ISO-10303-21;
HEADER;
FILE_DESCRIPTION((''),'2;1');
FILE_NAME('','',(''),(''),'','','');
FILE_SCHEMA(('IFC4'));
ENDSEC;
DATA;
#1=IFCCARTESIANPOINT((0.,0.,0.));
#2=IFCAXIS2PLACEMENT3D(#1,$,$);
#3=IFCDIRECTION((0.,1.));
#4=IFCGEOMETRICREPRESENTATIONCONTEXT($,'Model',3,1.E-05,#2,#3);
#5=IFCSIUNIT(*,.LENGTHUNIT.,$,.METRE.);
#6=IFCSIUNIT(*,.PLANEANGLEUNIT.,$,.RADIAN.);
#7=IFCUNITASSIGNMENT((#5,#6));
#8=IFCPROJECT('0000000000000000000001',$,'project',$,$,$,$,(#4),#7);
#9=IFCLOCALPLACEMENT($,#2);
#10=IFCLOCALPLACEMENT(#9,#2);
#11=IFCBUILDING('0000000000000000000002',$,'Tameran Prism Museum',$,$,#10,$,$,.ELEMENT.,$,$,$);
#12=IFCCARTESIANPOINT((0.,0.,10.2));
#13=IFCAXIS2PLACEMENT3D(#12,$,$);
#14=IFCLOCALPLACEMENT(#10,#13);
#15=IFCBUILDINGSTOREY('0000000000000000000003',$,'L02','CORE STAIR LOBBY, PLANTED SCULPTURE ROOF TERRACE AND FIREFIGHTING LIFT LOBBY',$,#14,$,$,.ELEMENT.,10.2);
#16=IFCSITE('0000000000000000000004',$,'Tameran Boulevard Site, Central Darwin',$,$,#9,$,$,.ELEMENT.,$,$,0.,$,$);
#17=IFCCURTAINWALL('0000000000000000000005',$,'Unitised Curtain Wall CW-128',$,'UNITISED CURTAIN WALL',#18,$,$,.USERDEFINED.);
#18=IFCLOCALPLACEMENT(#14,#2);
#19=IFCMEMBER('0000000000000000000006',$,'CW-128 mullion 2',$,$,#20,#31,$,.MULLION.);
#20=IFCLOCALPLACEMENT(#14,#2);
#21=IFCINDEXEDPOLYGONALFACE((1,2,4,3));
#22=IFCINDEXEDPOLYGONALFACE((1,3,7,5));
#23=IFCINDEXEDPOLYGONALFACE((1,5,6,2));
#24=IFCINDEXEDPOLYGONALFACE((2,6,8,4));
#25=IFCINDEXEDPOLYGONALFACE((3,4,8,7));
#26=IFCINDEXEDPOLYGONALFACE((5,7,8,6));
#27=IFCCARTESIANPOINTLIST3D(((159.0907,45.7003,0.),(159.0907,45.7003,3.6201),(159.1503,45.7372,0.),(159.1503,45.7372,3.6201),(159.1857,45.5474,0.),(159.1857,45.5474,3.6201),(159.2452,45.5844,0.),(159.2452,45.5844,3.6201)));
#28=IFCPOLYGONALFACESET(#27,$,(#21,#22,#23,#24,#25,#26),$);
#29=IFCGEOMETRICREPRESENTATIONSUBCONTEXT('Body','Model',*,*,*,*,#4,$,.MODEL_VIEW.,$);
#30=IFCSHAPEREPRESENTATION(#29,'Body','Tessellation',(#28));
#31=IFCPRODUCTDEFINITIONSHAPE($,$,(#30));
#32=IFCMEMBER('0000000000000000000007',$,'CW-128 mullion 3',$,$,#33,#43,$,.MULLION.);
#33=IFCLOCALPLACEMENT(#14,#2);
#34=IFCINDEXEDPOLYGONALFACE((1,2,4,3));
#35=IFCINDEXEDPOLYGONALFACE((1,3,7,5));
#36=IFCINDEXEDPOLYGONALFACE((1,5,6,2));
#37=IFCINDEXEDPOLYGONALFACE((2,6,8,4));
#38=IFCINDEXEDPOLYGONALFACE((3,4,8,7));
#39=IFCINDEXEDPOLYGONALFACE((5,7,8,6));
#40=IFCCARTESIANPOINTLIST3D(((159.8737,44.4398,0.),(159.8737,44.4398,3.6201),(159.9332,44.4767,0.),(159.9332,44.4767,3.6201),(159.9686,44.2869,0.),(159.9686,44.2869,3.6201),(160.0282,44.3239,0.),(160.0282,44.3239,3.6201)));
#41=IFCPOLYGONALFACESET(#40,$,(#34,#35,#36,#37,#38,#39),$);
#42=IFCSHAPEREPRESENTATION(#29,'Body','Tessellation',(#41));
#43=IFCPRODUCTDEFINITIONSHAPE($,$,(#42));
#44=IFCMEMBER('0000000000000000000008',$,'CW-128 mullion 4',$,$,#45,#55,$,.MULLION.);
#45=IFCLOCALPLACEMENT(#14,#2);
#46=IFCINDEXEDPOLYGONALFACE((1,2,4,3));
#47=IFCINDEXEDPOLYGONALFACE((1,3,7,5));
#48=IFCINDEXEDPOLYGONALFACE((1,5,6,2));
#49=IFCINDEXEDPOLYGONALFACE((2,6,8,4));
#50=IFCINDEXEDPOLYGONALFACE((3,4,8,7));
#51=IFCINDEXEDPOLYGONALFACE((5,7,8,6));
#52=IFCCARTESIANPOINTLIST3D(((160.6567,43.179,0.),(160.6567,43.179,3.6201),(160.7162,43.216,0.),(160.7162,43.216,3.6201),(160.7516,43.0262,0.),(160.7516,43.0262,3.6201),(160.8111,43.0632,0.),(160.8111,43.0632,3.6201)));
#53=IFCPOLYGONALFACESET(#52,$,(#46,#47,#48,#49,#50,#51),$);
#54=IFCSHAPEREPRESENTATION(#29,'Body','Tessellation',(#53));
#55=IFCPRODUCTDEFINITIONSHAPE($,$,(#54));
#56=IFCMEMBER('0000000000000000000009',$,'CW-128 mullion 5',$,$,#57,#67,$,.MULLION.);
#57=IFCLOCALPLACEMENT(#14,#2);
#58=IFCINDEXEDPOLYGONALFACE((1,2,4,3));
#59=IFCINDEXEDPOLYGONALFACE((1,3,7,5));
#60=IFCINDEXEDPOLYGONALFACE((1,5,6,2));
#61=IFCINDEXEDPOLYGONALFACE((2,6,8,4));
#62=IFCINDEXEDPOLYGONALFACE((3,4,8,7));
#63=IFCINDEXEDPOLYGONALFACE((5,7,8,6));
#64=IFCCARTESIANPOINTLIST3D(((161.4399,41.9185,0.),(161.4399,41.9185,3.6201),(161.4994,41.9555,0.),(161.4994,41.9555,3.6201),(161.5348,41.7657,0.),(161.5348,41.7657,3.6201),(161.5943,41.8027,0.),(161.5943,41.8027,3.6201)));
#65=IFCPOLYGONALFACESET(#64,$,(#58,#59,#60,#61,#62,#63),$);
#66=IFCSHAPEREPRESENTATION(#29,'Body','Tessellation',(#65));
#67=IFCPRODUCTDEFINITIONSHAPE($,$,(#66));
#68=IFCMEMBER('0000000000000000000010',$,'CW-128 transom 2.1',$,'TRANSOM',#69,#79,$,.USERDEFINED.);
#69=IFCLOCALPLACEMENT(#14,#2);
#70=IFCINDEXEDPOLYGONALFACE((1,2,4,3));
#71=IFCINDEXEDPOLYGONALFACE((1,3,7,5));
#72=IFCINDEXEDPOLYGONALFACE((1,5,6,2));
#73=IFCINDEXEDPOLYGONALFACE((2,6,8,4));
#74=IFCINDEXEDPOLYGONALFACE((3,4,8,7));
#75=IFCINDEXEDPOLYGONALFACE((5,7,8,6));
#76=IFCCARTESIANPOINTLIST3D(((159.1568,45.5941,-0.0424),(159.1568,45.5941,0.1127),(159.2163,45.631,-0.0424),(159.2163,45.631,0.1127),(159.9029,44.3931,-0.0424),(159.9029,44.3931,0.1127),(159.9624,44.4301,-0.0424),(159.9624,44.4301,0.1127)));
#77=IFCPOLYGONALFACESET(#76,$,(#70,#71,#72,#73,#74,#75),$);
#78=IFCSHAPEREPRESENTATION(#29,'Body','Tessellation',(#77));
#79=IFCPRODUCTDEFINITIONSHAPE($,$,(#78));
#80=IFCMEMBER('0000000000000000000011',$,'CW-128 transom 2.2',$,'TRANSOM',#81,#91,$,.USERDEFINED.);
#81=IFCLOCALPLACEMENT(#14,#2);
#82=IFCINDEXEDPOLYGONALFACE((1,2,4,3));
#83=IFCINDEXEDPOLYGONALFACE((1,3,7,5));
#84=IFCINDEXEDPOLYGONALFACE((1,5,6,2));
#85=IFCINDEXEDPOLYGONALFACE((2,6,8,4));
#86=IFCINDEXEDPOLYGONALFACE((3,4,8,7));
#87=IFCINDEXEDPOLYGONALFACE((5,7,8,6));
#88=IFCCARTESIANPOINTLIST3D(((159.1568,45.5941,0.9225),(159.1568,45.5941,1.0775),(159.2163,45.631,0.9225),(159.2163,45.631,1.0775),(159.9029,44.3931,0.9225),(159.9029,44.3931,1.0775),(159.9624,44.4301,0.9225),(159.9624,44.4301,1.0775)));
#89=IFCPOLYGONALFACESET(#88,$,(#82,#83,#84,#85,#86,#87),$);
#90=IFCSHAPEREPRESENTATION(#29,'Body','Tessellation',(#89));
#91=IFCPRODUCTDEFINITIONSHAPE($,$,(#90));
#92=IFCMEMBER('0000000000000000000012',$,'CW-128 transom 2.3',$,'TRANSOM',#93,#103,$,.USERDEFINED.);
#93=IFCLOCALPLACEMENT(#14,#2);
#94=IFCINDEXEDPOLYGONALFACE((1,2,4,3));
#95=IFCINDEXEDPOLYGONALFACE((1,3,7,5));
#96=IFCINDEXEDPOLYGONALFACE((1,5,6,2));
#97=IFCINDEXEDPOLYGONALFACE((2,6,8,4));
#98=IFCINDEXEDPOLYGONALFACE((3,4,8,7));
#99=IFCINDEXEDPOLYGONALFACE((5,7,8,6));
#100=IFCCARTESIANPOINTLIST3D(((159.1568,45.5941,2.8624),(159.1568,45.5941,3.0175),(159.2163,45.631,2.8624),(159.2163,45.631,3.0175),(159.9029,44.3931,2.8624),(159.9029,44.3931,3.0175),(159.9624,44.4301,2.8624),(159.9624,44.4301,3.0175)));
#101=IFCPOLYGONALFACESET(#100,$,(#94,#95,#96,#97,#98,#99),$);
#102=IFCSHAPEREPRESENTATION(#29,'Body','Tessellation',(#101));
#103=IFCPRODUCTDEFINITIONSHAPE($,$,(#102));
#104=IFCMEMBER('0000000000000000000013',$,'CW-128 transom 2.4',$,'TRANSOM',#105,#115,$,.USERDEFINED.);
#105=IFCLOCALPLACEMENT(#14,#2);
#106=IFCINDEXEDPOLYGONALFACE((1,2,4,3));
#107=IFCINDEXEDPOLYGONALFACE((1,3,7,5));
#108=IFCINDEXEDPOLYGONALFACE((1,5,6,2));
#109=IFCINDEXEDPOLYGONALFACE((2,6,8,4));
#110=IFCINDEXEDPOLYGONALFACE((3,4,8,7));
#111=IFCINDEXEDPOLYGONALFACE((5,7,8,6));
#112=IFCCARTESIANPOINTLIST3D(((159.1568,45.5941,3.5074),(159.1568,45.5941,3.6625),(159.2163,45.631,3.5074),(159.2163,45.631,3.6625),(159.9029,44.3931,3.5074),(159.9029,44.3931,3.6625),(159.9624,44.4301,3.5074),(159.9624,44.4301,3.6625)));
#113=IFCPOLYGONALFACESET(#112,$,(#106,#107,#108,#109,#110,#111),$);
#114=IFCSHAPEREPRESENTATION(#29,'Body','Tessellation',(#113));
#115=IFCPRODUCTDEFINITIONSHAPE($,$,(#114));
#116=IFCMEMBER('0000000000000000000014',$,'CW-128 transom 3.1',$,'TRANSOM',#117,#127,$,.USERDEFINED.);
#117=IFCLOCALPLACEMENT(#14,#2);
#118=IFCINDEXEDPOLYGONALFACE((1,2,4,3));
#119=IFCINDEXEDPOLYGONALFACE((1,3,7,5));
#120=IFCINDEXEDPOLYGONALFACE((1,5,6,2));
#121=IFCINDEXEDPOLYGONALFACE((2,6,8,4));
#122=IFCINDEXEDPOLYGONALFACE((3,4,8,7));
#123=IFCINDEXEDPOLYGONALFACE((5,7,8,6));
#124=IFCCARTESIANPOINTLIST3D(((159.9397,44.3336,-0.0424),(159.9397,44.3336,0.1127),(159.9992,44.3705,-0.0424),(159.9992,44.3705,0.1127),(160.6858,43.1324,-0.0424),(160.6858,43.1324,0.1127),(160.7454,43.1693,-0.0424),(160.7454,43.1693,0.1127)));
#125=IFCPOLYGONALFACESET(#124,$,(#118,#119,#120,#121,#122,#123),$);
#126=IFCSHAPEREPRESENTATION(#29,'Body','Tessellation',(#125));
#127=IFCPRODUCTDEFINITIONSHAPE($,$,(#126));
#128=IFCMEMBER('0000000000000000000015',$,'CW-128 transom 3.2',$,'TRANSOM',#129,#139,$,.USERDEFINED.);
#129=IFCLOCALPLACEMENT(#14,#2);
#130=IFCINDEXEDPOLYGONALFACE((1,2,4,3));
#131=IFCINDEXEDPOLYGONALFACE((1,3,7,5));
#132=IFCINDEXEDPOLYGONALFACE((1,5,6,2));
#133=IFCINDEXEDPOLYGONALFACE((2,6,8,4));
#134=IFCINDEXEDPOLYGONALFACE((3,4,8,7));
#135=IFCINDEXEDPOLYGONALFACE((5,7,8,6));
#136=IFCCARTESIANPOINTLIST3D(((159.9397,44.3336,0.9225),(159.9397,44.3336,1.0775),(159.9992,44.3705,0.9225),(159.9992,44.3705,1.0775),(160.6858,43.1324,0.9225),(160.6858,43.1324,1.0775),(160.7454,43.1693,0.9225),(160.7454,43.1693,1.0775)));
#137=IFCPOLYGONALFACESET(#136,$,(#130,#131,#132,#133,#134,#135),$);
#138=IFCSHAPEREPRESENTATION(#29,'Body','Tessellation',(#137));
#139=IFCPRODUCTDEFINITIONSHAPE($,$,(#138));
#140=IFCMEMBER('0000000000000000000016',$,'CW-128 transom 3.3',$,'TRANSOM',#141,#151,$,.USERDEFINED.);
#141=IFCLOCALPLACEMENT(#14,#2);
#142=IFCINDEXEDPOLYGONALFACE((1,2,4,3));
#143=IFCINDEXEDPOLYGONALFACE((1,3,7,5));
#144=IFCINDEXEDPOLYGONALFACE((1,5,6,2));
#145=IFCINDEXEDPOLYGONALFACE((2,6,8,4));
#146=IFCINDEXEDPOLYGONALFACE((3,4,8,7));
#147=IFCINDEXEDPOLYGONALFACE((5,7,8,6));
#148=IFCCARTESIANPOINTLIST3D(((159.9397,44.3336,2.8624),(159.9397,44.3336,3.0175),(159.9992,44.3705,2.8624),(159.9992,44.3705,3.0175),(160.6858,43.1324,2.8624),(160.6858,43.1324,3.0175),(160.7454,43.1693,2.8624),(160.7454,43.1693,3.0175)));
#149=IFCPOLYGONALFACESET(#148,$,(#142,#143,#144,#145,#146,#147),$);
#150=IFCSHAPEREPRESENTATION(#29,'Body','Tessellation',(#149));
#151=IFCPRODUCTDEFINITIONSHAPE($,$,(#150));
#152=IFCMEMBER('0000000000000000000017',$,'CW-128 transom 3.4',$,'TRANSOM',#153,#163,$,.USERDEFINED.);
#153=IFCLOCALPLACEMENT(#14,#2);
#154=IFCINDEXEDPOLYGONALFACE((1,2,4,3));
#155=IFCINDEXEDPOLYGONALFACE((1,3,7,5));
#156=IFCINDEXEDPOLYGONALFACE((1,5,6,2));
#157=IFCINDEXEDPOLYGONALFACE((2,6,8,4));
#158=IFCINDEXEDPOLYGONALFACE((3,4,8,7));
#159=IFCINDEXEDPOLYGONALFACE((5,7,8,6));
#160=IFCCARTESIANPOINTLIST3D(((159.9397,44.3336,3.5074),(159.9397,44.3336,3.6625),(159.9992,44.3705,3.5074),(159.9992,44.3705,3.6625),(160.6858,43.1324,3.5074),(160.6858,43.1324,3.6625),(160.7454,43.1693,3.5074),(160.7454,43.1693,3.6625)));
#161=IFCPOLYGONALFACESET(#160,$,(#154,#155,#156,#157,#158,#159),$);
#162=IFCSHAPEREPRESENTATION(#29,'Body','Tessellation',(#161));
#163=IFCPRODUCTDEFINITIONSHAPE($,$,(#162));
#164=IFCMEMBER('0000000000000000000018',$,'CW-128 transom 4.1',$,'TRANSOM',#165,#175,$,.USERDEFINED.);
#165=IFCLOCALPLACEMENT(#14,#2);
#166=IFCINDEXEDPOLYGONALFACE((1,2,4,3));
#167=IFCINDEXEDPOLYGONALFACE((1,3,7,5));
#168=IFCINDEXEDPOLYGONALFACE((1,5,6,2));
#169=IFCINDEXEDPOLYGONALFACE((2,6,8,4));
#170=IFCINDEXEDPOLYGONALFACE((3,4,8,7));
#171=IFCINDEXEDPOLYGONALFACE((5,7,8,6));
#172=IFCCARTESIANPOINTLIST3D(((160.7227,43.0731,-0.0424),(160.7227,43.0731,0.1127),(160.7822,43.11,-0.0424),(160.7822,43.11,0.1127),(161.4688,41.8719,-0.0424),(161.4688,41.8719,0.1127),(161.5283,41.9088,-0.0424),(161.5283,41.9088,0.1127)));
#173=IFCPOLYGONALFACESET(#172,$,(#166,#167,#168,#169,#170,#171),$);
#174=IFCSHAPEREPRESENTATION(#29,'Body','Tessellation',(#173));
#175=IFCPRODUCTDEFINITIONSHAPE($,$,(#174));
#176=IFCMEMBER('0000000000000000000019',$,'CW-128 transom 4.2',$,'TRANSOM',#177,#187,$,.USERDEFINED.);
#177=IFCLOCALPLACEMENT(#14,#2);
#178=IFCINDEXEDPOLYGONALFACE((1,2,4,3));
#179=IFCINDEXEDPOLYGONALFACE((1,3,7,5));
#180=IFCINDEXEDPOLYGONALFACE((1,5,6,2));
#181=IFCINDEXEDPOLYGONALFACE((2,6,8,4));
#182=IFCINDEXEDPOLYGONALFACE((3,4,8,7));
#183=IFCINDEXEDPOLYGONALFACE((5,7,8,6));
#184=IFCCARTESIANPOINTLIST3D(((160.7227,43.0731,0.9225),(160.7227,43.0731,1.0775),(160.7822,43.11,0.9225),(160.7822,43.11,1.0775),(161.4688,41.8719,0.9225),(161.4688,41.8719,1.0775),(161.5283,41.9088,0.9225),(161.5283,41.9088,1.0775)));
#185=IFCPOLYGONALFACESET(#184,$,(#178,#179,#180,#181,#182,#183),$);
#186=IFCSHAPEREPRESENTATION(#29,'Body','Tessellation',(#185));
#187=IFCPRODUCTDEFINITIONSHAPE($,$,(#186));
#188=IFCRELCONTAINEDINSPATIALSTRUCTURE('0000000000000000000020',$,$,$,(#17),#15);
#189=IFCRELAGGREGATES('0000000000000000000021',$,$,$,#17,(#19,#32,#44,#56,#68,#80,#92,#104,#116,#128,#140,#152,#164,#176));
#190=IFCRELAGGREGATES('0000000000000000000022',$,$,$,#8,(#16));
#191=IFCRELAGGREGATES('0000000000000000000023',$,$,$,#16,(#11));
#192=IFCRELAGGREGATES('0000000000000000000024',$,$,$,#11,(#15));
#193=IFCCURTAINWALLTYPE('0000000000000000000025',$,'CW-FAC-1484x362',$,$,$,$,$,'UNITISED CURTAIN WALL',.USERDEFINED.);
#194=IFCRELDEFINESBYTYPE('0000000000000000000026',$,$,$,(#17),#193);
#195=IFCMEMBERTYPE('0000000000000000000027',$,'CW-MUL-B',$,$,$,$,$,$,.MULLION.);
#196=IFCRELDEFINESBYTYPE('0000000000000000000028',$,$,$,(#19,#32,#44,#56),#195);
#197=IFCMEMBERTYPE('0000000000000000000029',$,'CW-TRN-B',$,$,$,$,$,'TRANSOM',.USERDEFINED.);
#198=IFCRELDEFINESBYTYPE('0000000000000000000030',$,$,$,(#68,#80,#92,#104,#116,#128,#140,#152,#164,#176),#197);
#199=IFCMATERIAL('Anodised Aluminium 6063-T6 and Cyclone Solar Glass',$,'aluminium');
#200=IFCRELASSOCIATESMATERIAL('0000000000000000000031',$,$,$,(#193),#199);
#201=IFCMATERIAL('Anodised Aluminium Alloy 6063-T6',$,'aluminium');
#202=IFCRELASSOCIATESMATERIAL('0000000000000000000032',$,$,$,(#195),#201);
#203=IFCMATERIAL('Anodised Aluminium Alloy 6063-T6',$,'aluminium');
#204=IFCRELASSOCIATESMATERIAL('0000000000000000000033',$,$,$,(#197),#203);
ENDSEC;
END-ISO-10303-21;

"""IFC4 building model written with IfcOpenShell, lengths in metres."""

from ifc_helpers import new_model, si_unit, direction, frame, origin, origin_2d, place, context, subcontext, project, spatial, rectangle, extrude, material, material_profile, profile_set, type_object, element, aggregate, save


model = new_model("IFC4")

# Units and contexts
model_context = context("Model", 3, precision=1e-05, world=origin(), true_north=direction((0.0, 1.0)))
body_context = subcontext(model_context, "Body", "Model", "MODEL_VIEW")
ifc_project = project(units=[si_unit("LENGTHUNIT", "METRE"), si_unit("PLANEANGLEUNIT", "RADIAN")], contexts=[model_context])

# Site, building, storey
site_placement = place(None, origin())
site = spatial("IfcSite", under=ifc_project, at=site_placement, Name="Tameran Boulevard Site, Central Darwin", CompositionType="ELEMENT", RefElevation=0.0)
building_placement = place(site_placement, origin())
building = spatial("IfcBuilding", under=site, at=building_placement, Name="Tameran Prism Museum", CompositionType="ELEMENT")
storey_placement = place(building_placement, frame((0.0, 0.0, 10.2)))
storey = spatial("IfcBuildingStorey", under=building, at=storey_placement, Name="L02", Description="CORE STAIR LOBBY, PLANTED SCULPTURE ROOF TERRACE AND FIREFIGHTING LIFT LOBBY", CompositionType="ELEMENT", Elevation=10.2)

# Curtain wall, members
ifc_material_1 = material(Name="Anodised Aluminium 6063-T6 and Cyclone Solar Glass", Category="aluminium")
curtain_wall_type = type_object("IfcCurtainWallType", Name="CW-FAC-1484x362", ElementType="UNITISED CURTAIN WALL", PredefinedType="USERDEFINED", material=ifc_material_1)
curtain_wall_placement = place(storey_placement, origin())
curtain_wall = element("IfcCurtainWall", 1, at=curtain_wall_placement, inside=storey, type_object=curtain_wall_type, Name="Unitised Curtain Wall CW-128", ObjectType="UNITISED CURTAIN WALL", PredefinedType="USERDEFINED")
ifc_material_2 = material(Name="Anodised Aluminium Alloy 6063-T6", Category="aluminium")
ifc_material_profile_1 = material_profile(ifc_material_2, rectangle(XDim=0.0701, YDim=0.1799, at=origin_2d()))
ifc_profile_set_1 = profile_set([ifc_material_profile_1])
member_type_1 = type_object("IfcMemberType", Name="CW-MUL-B", PredefinedType="MULLION", material=ifc_profile_set_1)
member_1_placement = place(storey_placement, frame((159.168, 45.6423, 0.0), z_axis=(0.0, 0.0, 1.0), x_axis=(0.849471, 0.527635, 0.0)))
member_1 = element("IfcMember", 2, at=member_1_placement, type_object=member_type_1, Name="CW-128 mullion 2", PredefinedType="MULLION", context=body_context, shape_type="SweptSolid", body=[
    extrude(rectangle(XDim=0.0701, YDim=0.1799, at=origin_2d()), origin(), (0.0, 0.0, 1.0), 3.6201),
])
member_2_placement = place(storey_placement, frame((159.9509, 44.3818, 0.0), z_axis=(0.0, 0.0, 1.0), x_axis=(0.849471, 0.527635, 0.0)))
member_2 = element("IfcMember", 3, at=member_2_placement, type_object=member_type_1, Name="CW-128 mullion 3", PredefinedType="MULLION", context=body_context, shape_type="SweptSolid", body=[
    extrude(rectangle(XDim=0.0701, YDim=0.1799, at=origin_2d()), origin(), (0.0, 0.0, 1.0), 3.6201),
])
member_3_placement = place(storey_placement, frame((160.7339, 43.1211, 0.0), z_axis=(0.0, 0.0, 1.0), x_axis=(0.849471, 0.527635, 0.0)))
member_3 = element("IfcMember", 4, at=member_3_placement, type_object=member_type_1, Name="CW-128 mullion 4", PredefinedType="MULLION", context=body_context, shape_type="SweptSolid", body=[
    extrude(rectangle(XDim=0.0701, YDim=0.1799, at=origin_2d()), origin(), (0.0, 0.0, 1.0), 3.6201),
])
member_4_placement = place(storey_placement, frame((161.5171, 41.8606, 0.0), z_axis=(0.0, 0.0, 1.0), x_axis=(0.849471, 0.527635, 0.0)))
member_4 = element("IfcMember", 5, at=member_4_placement, type_object=member_type_1, Name="CW-128 mullion 5", PredefinedType="MULLION", context=body_context, shape_type="SweptSolid", body=[
    extrude(rectangle(XDim=0.0701, YDim=0.1799, at=origin_2d()), origin(), (0.0, 0.0, 1.0), 3.6201),
])
ifc_material_3 = material(Name="Anodised Aluminium Alloy 6063-T6", Category="aluminium")
ifc_material_profile_2 = material_profile(ifc_material_3, rectangle(XDim=0.0701, YDim=0.155, at=origin_2d()))
ifc_profile_set_2 = profile_set([ifc_material_profile_2])
member_type_2 = type_object("IfcMemberType", Name="CW-TRN-B", ElementType="TRANSOM", PredefinedType="USERDEFINED", material=ifc_profile_set_2)
member_5_placement = place(storey_placement, frame((159.1865, 45.6125, 0.0352), z_axis=(0.527715, -0.849421, 0.0), x_axis=(0.849421, 0.527715, 0.0)))
member_5 = element("IfcMember", 6, at=member_5_placement, type_object=member_type_2, Name="CW-128 transom 2.1", ObjectType="TRANSOM", PredefinedType="USERDEFINED", context=body_context, shape_type="SweptSolid", body=[
    extrude(rectangle(XDim=0.0701, YDim=0.155, at=origin_2d()), origin(), (0.0, 0.0, 1.0), 1.4138),
])
member_6_placement = place(storey_placement, frame((159.1865, 45.6125, 1.0), z_axis=(0.527715, -0.849421, 0.0), x_axis=(0.849421, 0.527715, 0.0)))
member_6 = element("IfcMember", 7, at=member_6_placement, type_object=member_type_2, Name="CW-128 transom 2.2", ObjectType="TRANSOM", PredefinedType="USERDEFINED", context=body_context, shape_type="SweptSolid", body=[
    extrude(rectangle(XDim=0.0701, YDim=0.155, at=origin_2d()), origin(), (0.0, 0.0, 1.0), 1.4138),
])
member_7_placement = place(storey_placement, frame((159.1865, 45.6125, 2.9399), z_axis=(0.527715, -0.849421, 0.0), x_axis=(0.849421, 0.527715, 0.0)))
member_7 = element("IfcMember", 8, at=member_7_placement, type_object=member_type_2, Name="CW-128 transom 2.3", ObjectType="TRANSOM", PredefinedType="USERDEFINED", context=body_context, shape_type="SweptSolid", body=[
    extrude(rectangle(XDim=0.0701, YDim=0.155, at=origin_2d()), origin(), (0.0, 0.0, 1.0), 1.4138),
])
member_8_placement = place(storey_placement, frame((159.1865, 45.6125, 3.585), z_axis=(0.527715, -0.849421, 0.0), x_axis=(0.849421, 0.527715, 0.0)))
member_8 = element("IfcMember", 9, at=member_8_placement, type_object=member_type_2, Name="CW-128 transom 2.4", ObjectType="TRANSOM", PredefinedType="USERDEFINED", context=body_context, shape_type="SweptSolid", body=[
    extrude(rectangle(XDim=0.0701, YDim=0.155, at=origin_2d()), origin(), (0.0, 0.0, 1.0), 1.4138),
])
member_9_placement = place(storey_placement, frame((159.9695, 44.3521, 0.0352), z_axis=(0.527638, -0.849469, 0.0), x_axis=(0.849469, 0.527638, 0.0)))
member_9 = element("IfcMember", 10, at=member_9_placement, type_object=member_type_2, Name="CW-128 transom 3.1", ObjectType="TRANSOM", PredefinedType="USERDEFINED", context=body_context, shape_type="SweptSolid", body=[
    extrude(rectangle(XDim=0.0701, YDim=0.155, at=origin_2d()), origin(), (0.0, 0.0, 1.0), 1.4141),
])
member_10_placement = place(storey_placement, frame((159.9695, 44.3521, 1.0), z_axis=(0.527638, -0.849469, 0.0), x_axis=(0.849469, 0.527638, 0.0)))
member_10 = element("IfcMember", 11, at=member_10_placement, type_object=member_type_2, Name="CW-128 transom 3.2", ObjectType="TRANSOM", PredefinedType="USERDEFINED", context=body_context, shape_type="SweptSolid", body=[
    extrude(rectangle(XDim=0.0701, YDim=0.155, at=origin_2d()), origin(), (0.0, 0.0, 1.0), 1.4141),
])
member_11_placement = place(storey_placement, frame((159.9695, 44.3521, 2.9399), z_axis=(0.527638, -0.849469, 0.0), x_axis=(0.849469, 0.527638, 0.0)))
member_11 = element("IfcMember", 12, at=member_11_placement, type_object=member_type_2, Name="CW-128 transom 3.3", ObjectType="TRANSOM", PredefinedType="USERDEFINED", context=body_context, shape_type="SweptSolid", body=[
    extrude(rectangle(XDim=0.0701, YDim=0.155, at=origin_2d()), origin(), (0.0, 0.0, 1.0), 1.4141),
])
member_12_placement = place(storey_placement, frame((159.9695, 44.3521, 3.585), z_axis=(0.527638, -0.849469, 0.0), x_axis=(0.849469, 0.527638, 0.0)))
member_12 = element("IfcMember", 13, at=member_12_placement, type_object=member_type_2, Name="CW-128 transom 3.4", ObjectType="TRANSOM", PredefinedType="USERDEFINED", context=body_context, shape_type="SweptSolid", body=[
    extrude(rectangle(XDim=0.0701, YDim=0.155, at=origin_2d()), origin(), (0.0, 0.0, 1.0), 1.4141),
])
member_13_placement = place(storey_placement, frame((160.7524, 43.0916, 0.0352), z_axis=(0.527638, -0.849469, 0.0), x_axis=(0.849469, 0.527638, 0.0)))
member_13 = element("IfcMember", 14, at=member_13_placement, type_object=member_type_2, Name="CW-128 transom 4.1", ObjectType="TRANSOM", PredefinedType="USERDEFINED", context=body_context, shape_type="SweptSolid", body=[
    extrude(rectangle(XDim=0.0701, YDim=0.155, at=origin_2d()), origin(), (0.0, 0.0, 1.0), 1.4141),
])
member_14_placement = place(storey_placement, frame((160.7524, 43.0916, 1.0), z_axis=(0.527638, -0.849469, 0.0), x_axis=(0.849469, 0.527638, 0.0)))
member_14 = element("IfcMember", 15, at=member_14_placement, type_object=member_type_2, Name="CW-128 transom 4.2", ObjectType="TRANSOM", PredefinedType="USERDEFINED", context=body_context, shape_type="SweptSolid", body=[
    extrude(rectangle(XDim=0.0701, YDim=0.155, at=origin_2d()), origin(), (0.0, 0.0, 1.0), 1.4141),
])
aggregate(curtain_wall, [member_1, member_2, member_3, member_4, member_5, member_6, member_7, member_8, member_9, member_10, member_11, member_12, member_13, member_14])

save(model, "model.ifc")
